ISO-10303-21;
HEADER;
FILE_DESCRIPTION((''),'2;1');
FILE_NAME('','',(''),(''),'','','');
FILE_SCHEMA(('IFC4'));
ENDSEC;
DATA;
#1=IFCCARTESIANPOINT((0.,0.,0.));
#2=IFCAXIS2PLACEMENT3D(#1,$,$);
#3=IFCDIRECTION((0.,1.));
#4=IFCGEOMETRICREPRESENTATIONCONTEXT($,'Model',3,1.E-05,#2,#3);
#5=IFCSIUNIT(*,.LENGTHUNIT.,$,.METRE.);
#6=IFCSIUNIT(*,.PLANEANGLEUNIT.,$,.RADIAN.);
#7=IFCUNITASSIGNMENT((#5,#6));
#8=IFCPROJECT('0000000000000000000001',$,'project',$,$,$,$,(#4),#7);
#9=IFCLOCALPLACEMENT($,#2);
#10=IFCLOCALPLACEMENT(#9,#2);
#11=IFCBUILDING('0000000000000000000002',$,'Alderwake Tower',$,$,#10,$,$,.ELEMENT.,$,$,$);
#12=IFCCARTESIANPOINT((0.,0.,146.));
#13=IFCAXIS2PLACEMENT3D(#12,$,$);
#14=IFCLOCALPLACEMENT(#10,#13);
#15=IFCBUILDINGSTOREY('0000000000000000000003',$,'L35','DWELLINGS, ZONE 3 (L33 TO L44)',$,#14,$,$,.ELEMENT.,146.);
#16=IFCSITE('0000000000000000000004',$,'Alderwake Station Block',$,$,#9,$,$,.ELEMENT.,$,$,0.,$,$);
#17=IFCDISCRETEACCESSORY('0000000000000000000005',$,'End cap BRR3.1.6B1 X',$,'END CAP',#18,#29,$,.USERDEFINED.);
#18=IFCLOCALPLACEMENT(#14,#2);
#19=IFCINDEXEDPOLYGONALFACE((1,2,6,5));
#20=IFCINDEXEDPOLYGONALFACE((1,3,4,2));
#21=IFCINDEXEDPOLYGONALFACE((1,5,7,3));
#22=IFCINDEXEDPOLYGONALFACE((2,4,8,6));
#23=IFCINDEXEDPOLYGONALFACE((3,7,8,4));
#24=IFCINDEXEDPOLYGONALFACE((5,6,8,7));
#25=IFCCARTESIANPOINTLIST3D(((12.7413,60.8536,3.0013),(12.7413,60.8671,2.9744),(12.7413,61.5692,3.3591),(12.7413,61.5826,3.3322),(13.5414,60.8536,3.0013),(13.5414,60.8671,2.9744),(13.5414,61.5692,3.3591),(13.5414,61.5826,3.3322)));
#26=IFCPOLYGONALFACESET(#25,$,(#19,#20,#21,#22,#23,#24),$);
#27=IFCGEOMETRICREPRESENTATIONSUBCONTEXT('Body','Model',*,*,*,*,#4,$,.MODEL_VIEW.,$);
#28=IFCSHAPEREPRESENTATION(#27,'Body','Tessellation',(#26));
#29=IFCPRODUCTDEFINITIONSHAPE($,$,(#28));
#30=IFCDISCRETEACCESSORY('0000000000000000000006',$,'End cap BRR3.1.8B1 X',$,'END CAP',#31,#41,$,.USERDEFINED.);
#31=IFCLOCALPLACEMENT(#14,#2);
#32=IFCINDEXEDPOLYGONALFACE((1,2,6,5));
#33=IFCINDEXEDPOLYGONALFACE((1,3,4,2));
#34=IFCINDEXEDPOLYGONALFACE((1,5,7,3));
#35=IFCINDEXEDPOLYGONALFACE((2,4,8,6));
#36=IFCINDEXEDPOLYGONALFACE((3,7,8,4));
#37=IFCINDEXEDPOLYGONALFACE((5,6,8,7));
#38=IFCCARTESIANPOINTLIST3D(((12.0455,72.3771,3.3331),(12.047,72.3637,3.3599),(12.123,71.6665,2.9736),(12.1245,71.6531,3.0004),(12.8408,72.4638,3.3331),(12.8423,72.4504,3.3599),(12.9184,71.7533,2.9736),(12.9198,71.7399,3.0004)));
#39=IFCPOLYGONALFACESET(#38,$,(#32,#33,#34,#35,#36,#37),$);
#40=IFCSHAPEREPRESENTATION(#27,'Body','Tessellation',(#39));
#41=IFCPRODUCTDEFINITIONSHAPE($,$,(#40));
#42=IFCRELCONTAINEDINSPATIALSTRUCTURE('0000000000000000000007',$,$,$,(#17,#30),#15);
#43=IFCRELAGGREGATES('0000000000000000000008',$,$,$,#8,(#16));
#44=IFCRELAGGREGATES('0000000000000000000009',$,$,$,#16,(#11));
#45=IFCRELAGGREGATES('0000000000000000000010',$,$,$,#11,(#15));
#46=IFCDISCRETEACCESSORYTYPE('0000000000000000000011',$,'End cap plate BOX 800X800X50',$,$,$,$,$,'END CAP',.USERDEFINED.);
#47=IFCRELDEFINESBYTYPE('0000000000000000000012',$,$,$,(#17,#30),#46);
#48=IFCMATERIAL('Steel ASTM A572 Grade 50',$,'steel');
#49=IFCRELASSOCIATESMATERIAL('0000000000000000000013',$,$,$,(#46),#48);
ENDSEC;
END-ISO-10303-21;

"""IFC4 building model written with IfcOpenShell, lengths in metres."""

from ifc_helpers import new_model, si_unit, direction, frame, origin, origin_2d, place, context, subcontext, project, spatial, rectangle, extrude, material, material_profile, profile_set, type_object, element, save


model = new_model("IFC4")

# Units and contexts
model_context = context("Model", 3, precision=1e-05, world=origin(), true_north=direction((0.0, 1.0)))
body_context = subcontext(model_context, "Body", "Model", "MODEL_VIEW")
ifc_project = project(units=[si_unit("LENGTHUNIT", "METRE"), si_unit("PLANEANGLEUNIT", "RADIAN")], contexts=[model_context])

# Site, building, storey
site_placement = place(None, origin())
site = spatial("IfcSite", under=ifc_project, at=site_placement, Name="Alderwake Station Block", CompositionType="ELEMENT", RefElevation=0.0)
building_placement = place(site_placement, origin())
building = spatial("IfcBuilding", under=site, at=building_placement, Name="Alderwake Tower", CompositionType="ELEMENT")
storey_placement = place(building_placement, frame((0.0, 0.0, 146.0)))
storey = spatial("IfcBuildingStorey", under=building, at=storey_placement, Name="L35", Description="DWELLINGS, ZONE 3 (L33 TO L44)", CompositionType="ELEMENT", Elevation=146.0)

# Discrete accessories
ifc_material_1 = material(Name="Steel ASTM A572 Grade 50", Category="steel")
ifc_material_profile = material_profile(ifc_material_1, rectangle(XDim=0.8, YDim=0.8, at=origin_2d()), Name="BOX 800X800X50 cap")
ifc_profile_set = profile_set([ifc_material_profile], Name="Steel ASTM A572 Grade 50")
discrete_accessory_type = type_object("IfcDiscreteAccessoryType", Name="End cap plate BOX 800X800X50", ElementType="END CAP", PredefinedType="USERDEFINED", material=ifc_profile_set)
for number, where, z_axis, x_axis, name in (
    (1, (13.1414, 61.2249, 3.1533), (0.0, -0.447214, 0.894427), (1.0, 0.0, 0.0), "End cap BRR3.1.6B1 X"),
    (2, (12.4819, 72.0652, 3.1533), (0.048729, -0.446682, 0.893365), (0.994102, 0.108448, 0.0), "End cap BRR3.1.8B1 X"),
):
    element("IfcDiscreteAccessory", number, at=place(storey_placement, frame(where, z_axis=z_axis, x_axis=x_axis)), inside=storey, type_object=discrete_accessory_type, Name=name, ObjectType="END CAP", PredefinedType="USERDEFINED", context=body_context, shape_type="SweptSolid", body=[
        extrude(rectangle(XDim=0.8, YDim=0.8, at=origin_2d()), origin(), (0.0, 0.0, 1.0), 0.03),
    ])

save(model, "model.ifc")
